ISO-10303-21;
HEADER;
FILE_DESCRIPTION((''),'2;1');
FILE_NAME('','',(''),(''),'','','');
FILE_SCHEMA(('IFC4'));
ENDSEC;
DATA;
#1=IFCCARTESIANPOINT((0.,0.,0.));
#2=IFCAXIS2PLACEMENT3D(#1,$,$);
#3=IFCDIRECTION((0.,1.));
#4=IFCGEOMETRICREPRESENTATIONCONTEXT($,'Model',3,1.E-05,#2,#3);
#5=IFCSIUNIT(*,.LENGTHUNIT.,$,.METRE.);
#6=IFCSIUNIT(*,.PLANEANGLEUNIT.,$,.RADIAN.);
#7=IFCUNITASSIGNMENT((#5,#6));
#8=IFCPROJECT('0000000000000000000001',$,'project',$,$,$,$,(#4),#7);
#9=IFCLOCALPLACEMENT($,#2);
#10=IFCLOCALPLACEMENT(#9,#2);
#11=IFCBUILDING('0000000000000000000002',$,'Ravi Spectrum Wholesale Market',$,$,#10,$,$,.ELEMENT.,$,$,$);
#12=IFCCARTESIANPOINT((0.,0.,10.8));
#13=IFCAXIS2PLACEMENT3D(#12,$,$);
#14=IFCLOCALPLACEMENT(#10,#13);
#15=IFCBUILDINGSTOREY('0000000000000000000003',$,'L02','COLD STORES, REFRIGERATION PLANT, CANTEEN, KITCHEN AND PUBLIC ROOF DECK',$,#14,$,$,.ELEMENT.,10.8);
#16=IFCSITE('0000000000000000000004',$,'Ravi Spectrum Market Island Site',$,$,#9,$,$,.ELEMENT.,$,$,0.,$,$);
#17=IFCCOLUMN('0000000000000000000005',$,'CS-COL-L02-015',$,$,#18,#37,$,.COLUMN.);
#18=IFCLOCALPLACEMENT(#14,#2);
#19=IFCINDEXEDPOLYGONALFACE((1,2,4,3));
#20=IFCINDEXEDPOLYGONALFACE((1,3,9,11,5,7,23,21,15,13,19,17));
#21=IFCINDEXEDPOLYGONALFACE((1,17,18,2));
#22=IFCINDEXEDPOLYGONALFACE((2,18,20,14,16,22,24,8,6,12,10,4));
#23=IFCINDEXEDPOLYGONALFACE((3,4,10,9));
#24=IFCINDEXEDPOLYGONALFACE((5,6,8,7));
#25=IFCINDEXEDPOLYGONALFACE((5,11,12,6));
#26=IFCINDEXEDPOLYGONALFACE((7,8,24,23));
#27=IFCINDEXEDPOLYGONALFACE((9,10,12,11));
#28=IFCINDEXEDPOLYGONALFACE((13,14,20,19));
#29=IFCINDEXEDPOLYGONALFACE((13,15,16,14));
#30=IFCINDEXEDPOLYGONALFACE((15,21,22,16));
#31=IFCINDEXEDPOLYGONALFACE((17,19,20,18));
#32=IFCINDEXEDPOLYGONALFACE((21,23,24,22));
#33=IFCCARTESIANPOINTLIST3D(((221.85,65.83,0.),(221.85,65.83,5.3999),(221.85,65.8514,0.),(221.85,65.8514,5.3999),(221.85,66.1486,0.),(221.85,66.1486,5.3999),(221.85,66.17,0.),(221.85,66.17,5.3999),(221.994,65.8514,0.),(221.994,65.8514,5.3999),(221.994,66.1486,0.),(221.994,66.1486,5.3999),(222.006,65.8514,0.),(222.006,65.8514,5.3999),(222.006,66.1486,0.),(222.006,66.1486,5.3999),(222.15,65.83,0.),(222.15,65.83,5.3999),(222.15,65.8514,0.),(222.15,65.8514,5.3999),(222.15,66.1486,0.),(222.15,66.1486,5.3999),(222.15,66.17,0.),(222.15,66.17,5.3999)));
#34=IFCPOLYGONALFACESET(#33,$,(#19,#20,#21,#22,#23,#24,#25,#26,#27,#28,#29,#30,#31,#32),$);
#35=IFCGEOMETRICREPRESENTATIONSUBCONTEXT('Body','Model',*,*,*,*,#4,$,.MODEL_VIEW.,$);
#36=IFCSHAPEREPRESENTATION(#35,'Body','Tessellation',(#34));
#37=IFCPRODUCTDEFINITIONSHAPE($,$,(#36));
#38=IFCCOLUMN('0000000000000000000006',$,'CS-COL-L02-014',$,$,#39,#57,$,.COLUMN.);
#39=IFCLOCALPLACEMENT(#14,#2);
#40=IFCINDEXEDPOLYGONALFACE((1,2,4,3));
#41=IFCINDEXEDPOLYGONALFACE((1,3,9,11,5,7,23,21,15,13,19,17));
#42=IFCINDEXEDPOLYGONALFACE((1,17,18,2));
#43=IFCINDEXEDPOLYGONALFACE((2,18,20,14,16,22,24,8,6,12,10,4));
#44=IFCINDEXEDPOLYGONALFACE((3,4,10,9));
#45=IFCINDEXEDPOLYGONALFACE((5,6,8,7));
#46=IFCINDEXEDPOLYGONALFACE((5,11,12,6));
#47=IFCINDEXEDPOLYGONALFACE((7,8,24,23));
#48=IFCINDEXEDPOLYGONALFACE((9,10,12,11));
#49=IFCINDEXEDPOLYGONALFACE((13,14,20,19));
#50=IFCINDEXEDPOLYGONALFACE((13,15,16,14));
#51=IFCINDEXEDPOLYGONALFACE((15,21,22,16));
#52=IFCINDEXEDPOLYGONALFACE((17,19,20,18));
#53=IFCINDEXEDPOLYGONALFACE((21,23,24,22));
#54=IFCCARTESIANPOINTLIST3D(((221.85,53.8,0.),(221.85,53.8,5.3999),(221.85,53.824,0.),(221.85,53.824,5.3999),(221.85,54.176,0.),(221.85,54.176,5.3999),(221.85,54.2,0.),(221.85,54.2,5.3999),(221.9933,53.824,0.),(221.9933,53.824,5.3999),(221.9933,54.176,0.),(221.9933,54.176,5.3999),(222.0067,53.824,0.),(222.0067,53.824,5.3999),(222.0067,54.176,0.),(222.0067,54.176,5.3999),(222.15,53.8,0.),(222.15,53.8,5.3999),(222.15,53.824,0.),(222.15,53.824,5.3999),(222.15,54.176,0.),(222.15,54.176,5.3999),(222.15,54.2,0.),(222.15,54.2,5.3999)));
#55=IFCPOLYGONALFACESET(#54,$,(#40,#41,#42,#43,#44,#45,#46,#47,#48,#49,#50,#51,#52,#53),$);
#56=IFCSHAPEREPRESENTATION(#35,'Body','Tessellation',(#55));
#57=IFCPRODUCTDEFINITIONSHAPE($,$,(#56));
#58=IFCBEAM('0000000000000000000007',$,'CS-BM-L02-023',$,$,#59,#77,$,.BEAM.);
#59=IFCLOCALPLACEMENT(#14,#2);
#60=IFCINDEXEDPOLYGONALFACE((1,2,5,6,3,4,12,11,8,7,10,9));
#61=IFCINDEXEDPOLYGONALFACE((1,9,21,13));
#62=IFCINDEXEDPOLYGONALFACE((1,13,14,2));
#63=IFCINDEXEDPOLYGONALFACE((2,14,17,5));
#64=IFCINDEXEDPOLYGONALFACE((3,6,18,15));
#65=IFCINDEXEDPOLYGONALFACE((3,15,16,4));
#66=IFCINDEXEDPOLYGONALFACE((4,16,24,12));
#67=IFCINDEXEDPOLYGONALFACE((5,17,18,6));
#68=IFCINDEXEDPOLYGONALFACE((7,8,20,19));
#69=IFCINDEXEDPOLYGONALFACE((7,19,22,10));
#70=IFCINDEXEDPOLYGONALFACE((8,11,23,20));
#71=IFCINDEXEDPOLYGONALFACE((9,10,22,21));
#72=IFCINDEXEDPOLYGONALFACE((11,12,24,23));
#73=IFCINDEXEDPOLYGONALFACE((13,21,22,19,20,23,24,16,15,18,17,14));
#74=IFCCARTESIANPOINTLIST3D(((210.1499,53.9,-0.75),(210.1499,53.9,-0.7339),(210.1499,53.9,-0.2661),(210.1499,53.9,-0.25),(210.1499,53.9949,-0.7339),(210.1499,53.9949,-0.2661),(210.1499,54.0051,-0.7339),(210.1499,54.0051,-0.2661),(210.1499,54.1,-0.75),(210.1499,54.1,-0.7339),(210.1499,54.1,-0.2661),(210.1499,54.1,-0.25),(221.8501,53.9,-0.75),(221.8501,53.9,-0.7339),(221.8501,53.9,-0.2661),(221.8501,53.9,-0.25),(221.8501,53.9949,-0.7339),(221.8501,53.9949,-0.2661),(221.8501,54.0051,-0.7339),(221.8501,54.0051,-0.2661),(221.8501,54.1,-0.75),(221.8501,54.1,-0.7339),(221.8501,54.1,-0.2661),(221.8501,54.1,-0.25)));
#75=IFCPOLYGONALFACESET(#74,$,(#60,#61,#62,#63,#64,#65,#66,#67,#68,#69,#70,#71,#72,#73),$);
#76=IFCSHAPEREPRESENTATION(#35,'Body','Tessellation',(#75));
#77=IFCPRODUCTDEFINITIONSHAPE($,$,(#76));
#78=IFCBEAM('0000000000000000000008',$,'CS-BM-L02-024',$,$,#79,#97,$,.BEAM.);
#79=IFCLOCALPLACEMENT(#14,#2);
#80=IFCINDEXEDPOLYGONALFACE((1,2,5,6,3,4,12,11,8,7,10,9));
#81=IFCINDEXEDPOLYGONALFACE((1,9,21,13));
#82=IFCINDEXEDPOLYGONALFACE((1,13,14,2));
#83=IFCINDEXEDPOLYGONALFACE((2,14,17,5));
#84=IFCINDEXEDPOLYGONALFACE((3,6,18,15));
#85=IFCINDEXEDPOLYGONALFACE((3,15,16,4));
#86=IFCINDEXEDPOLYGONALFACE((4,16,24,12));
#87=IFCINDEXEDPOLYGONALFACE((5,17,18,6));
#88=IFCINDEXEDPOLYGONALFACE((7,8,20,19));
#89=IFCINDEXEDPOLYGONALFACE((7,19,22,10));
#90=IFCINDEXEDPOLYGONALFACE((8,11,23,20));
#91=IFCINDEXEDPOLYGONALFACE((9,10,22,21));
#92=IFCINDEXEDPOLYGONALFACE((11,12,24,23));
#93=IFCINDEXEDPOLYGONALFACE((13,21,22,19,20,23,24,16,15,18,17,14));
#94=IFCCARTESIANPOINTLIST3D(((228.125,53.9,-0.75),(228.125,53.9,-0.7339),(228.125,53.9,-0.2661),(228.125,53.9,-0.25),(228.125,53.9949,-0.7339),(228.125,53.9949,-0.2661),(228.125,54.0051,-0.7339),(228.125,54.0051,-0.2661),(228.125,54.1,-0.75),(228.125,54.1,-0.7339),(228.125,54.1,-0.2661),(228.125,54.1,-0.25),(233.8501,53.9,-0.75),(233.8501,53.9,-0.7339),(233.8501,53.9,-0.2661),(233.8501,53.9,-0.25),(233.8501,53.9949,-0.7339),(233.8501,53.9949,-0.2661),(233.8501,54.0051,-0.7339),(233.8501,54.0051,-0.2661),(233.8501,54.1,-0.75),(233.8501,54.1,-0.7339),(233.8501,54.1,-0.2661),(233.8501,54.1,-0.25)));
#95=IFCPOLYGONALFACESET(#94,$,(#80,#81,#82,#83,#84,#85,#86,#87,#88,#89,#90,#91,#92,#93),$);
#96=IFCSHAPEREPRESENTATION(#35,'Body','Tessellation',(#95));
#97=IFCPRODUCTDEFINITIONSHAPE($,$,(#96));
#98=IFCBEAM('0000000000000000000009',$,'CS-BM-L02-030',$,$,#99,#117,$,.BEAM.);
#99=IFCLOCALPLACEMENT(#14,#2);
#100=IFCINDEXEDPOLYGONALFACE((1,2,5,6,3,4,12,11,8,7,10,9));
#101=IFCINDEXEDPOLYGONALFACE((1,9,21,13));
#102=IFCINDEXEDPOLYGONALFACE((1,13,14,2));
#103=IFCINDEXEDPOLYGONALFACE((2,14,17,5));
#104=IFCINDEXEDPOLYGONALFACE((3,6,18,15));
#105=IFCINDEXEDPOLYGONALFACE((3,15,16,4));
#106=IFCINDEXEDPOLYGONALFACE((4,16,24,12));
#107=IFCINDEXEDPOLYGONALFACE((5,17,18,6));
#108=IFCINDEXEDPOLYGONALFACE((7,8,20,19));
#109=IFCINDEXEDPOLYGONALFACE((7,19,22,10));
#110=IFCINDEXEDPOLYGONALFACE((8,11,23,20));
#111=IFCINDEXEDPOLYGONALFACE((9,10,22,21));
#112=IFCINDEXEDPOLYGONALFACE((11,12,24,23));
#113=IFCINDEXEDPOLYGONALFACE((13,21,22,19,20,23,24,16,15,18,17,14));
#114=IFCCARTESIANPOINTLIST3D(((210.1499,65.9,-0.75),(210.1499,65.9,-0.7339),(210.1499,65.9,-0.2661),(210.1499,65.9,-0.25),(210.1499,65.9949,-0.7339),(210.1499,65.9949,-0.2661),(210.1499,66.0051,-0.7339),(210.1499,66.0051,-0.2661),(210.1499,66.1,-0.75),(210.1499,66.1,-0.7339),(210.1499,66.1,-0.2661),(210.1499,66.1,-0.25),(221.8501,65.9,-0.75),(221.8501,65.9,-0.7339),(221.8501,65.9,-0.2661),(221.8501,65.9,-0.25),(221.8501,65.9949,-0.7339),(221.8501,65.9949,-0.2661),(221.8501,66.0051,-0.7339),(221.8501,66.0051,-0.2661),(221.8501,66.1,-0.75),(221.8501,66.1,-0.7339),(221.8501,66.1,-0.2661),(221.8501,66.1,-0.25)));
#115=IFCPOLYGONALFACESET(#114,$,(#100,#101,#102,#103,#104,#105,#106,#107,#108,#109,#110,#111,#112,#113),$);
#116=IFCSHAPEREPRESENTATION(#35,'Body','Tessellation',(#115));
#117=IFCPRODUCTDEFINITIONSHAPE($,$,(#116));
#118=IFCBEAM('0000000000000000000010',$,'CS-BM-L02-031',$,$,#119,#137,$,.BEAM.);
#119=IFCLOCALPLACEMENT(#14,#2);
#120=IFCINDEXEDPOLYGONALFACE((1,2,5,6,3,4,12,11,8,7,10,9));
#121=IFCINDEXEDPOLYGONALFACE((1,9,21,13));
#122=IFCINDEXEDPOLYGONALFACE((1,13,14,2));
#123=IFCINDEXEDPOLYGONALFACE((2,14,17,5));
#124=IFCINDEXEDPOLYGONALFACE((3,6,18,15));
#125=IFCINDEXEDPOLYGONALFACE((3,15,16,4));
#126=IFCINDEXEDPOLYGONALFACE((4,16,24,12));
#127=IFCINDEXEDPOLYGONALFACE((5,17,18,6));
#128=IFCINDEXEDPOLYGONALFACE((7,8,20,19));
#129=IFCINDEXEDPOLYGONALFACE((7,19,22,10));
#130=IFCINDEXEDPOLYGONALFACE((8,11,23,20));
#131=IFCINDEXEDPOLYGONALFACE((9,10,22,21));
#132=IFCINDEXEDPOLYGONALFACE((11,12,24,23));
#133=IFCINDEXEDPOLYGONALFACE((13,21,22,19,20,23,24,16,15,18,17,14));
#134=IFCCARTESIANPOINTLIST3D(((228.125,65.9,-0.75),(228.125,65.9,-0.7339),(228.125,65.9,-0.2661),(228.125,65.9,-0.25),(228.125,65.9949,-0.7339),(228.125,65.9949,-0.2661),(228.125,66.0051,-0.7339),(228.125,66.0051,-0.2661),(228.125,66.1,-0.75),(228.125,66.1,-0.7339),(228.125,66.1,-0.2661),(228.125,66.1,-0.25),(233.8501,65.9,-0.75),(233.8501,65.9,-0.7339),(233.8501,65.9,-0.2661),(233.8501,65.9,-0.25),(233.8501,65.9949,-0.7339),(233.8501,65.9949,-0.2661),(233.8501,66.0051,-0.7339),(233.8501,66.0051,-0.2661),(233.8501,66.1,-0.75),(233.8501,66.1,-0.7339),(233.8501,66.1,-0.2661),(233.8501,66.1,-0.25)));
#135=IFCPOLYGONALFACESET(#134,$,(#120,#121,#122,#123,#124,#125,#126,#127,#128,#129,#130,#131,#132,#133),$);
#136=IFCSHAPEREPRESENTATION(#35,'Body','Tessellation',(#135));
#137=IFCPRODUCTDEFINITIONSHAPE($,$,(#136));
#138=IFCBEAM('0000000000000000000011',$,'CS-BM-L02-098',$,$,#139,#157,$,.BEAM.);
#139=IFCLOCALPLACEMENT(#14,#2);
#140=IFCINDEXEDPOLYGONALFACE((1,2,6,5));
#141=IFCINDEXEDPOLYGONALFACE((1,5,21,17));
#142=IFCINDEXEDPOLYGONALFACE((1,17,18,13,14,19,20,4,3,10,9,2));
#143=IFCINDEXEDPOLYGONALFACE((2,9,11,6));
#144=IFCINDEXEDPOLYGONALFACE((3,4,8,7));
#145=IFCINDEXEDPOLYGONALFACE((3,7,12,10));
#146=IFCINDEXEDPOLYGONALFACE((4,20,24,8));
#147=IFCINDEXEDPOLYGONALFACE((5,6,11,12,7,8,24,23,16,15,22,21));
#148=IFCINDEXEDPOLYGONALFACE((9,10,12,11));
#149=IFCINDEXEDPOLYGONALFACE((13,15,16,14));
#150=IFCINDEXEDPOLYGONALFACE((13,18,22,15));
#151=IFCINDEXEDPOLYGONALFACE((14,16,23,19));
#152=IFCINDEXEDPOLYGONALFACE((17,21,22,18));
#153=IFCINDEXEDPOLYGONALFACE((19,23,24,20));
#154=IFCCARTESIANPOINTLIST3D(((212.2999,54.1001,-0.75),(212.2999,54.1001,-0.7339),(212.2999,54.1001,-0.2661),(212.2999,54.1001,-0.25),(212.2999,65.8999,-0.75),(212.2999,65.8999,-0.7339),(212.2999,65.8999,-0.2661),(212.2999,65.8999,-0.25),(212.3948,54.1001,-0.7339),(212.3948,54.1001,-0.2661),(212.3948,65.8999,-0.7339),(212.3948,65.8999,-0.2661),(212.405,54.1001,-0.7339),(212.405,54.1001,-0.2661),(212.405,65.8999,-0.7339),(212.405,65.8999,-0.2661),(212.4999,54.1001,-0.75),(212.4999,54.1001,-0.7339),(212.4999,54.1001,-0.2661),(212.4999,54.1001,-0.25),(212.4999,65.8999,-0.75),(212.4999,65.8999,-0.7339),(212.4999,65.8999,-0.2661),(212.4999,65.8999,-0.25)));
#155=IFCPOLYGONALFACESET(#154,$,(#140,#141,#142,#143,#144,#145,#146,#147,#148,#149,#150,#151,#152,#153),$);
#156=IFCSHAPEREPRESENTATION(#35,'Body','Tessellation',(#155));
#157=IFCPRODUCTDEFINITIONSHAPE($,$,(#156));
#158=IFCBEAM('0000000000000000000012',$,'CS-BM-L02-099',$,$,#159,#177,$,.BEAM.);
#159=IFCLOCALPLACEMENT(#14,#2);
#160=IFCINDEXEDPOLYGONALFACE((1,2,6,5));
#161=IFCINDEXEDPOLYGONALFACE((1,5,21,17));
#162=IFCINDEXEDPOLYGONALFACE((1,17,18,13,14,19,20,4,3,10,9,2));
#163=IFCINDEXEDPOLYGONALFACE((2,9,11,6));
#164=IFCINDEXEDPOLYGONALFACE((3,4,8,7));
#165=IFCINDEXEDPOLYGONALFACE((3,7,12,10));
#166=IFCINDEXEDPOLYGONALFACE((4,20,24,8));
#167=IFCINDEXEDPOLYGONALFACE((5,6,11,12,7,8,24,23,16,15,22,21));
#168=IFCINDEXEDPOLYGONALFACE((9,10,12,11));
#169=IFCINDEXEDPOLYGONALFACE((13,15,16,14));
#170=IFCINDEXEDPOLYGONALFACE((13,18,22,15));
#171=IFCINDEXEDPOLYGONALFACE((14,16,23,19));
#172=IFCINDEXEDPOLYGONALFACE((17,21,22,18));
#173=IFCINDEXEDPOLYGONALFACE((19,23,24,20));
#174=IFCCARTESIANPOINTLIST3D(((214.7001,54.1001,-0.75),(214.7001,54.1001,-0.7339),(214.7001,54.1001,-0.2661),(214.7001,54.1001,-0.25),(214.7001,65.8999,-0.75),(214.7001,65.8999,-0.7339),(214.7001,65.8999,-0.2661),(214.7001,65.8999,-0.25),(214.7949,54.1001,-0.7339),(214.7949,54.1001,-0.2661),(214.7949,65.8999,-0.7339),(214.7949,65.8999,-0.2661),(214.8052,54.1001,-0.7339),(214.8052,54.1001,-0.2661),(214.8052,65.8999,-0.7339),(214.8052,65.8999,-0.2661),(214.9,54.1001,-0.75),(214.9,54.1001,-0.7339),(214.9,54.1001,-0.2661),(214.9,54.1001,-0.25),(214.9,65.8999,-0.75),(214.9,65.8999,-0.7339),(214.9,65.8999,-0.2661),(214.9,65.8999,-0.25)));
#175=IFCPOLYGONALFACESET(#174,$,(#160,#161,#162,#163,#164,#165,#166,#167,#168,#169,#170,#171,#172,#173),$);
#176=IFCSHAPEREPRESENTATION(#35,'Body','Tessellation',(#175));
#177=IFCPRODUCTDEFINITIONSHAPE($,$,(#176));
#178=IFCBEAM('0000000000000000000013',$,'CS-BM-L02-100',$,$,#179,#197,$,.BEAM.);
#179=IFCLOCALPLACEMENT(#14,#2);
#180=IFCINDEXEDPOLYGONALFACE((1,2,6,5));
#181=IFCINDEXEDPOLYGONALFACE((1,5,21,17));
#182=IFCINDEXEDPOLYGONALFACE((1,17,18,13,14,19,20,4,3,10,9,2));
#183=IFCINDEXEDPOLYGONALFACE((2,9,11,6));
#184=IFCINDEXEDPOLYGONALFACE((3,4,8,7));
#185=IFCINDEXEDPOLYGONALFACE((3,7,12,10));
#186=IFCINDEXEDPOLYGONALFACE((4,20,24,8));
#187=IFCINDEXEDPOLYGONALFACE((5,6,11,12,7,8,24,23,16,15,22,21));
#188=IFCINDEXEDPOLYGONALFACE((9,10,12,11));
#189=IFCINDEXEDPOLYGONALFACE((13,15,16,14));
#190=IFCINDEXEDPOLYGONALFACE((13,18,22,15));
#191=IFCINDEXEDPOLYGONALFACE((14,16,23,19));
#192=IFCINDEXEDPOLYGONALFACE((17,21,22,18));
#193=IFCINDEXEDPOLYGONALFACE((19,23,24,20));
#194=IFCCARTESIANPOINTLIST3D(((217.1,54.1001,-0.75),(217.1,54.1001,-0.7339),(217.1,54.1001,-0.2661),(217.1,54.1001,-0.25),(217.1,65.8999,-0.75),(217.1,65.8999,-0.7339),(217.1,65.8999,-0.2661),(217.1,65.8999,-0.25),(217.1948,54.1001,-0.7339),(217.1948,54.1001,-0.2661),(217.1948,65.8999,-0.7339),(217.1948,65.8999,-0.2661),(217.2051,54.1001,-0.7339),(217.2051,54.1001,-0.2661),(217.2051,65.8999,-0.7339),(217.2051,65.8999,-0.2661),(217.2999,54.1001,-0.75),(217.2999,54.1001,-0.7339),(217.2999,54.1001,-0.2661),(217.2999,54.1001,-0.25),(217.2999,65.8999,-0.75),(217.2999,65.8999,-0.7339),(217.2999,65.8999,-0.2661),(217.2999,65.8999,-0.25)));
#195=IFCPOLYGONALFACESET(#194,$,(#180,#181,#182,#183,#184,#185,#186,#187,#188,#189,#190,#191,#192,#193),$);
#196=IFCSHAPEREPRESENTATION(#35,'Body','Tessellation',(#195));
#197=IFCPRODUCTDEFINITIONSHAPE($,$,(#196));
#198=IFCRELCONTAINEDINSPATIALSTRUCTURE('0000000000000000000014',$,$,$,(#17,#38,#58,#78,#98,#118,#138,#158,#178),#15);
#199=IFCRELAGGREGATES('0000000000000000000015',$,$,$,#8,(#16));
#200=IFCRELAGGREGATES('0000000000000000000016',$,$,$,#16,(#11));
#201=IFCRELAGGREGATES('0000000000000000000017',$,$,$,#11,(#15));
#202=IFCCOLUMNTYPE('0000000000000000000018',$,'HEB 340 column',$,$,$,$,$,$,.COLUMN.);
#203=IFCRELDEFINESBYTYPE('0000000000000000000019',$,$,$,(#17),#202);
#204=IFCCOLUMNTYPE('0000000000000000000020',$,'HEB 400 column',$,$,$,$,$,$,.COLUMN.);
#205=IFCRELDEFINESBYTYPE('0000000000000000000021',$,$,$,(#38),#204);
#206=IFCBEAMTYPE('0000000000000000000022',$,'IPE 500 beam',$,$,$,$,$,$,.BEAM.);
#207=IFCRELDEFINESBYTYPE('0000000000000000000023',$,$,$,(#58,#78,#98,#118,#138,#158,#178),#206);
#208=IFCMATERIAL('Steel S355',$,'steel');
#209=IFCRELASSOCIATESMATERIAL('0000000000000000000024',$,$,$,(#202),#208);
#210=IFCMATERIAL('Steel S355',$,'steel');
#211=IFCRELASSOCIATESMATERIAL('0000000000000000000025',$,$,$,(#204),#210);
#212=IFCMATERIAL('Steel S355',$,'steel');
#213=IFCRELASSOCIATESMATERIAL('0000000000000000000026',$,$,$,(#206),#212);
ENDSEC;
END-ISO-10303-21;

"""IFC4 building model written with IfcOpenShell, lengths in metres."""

from ifc_helpers import new_model, si_unit, direction, frame, origin, origin_2d, place, context, subcontext, project, spatial, i_section, extrude, material, material_profile, profile_set, type_object, element, save


model = new_model("IFC4")

# Units and contexts
model_context = context("Model", 3, precision=1e-05, world=origin(), true_north=direction((0.0, 1.0)))
body_context = subcontext(model_context, "Body", "Model", "MODEL_VIEW")
ifc_project = project(units=[si_unit("LENGTHUNIT", "METRE"), si_unit("PLANEANGLEUNIT", "RADIAN")], contexts=[model_context])

# Site, building, storey
site_placement = place(None, origin())
site = spatial("IfcSite", under=ifc_project, at=site_placement, Name="Ravi Spectrum Market Island Site", CompositionType="ELEMENT", RefElevation=0.0)
building_placement = place(site_placement, origin())
building = spatial("IfcBuilding", under=site, at=building_placement, Name="Ravi Spectrum Wholesale Market", CompositionType="ELEMENT")
storey_placement = place(building_placement, frame((0.0, 0.0, 10.8)))
storey = spatial("IfcBuildingStorey", under=building, at=storey_placement, Name="L02", Description="COLD STORES, REFRIGERATION PLANT, CANTEEN, KITCHEN AND PUBLIC ROOF DECK", CompositionType="ELEMENT", Elevation=10.8)

# Columns
ifc_material_1 = material(Name="Steel S355", Category="steel")
ifc_material_profile_1 = material_profile(ifc_material_1, i_section(OverallWidth=0.3, OverallDepth=0.3401, WebThickness=0.012, FlangeThickness=0.0215, at=origin_2d()))
ifc_profile_set_1 = profile_set([ifc_material_profile_1], Name="Steel S355")
column_type_1 = type_object("IfcColumnType", Name="HEB 340 column", PredefinedType="COLUMN", material=ifc_profile_set_1)
column_1_placement = place(storey_placement, frame((222.0, 66.0, 0.0), z_axis=(0.0, 0.0, 1.0), x_axis=(1.0, 0.0, 0.0)))
element("IfcColumn", 1, at=column_1_placement, inside=storey, type_object=column_type_1, Name="CS-COL-L02-015", PredefinedType="COLUMN", context=body_context, shape_type="SweptSolid", body=[
    extrude(i_section(OverallWidth=0.3, OverallDepth=0.3401, WebThickness=0.012, FlangeThickness=0.0215, at=origin_2d()), origin(), (0.0, 0.0, 1.0), 5.3999),
])
ifc_material_2 = material(Name="Steel S355", Category="steel")
ifc_material_profile_2 = material_profile(ifc_material_2, i_section(OverallWidth=0.3, OverallDepth=0.3999, WebThickness=0.0134, FlangeThickness=0.0239, at=origin_2d()))
ifc_profile_set_2 = profile_set([ifc_material_profile_2], Name="Steel S355")
column_type_2 = type_object("IfcColumnType", Name="HEB 400 column", PredefinedType="COLUMN", material=ifc_profile_set_2)
column_2_placement = place(storey_placement, frame((222.0, 54.0, 0.0), z_axis=(0.0, 0.0, 1.0), x_axis=(1.0, 0.0, 0.0)))
element("IfcColumn", 2, at=column_2_placement, inside=storey, type_object=column_type_2, Name="CS-COL-L02-014", PredefinedType="COLUMN", context=body_context, shape_type="SweptSolid", body=[
    extrude(i_section(OverallWidth=0.3, OverallDepth=0.3999, WebThickness=0.0134, FlangeThickness=0.0239, at=origin_2d()), origin(), (0.0, 0.0, 1.0), 5.3999),
])

# Beams
ifc_material_3 = material(Name="Steel S355", Category="steel")
ifc_material_profile_3 = material_profile(ifc_material_3, i_section(OverallWidth=0.2, OverallDepth=0.5, WebThickness=0.0103, FlangeThickness=0.0161, at=origin_2d()))
ifc_profile_set_3 = profile_set([ifc_material_profile_3], Name="Steel S355")
beam_type = type_object("IfcBeamType", Name="IPE 500 beam", PredefinedType="BEAM", material=ifc_profile_set_3)
beam_1_placement = place(storey_placement, frame((210.1499, 54.0, -0.5), z_axis=(1.0, 0.0, 0.0), x_axis=(0.0, 1.0, 0.0)))
element("IfcBeam", 3, at=beam_1_placement, inside=storey, type_object=beam_type, Name="CS-BM-L02-023", PredefinedType="BEAM", context=body_context, shape_type="SweptSolid", body=[
    extrude(i_section(OverallWidth=0.2, OverallDepth=0.5, WebThickness=0.0103, FlangeThickness=0.0161, at=origin_2d()), origin(), (0.0, 0.0, 1.0), 11.7002),
])
beam_2_placement = place(storey_placement, frame((228.125, 54.0, -0.5), z_axis=(1.0, 0.0, 0.0), x_axis=(0.0, 1.0, 0.0)))
element("IfcBeam", 4, at=beam_2_placement, inside=storey, type_object=beam_type, Name="CS-BM-L02-024", PredefinedType="BEAM", context=body_context, shape_type="SweptSolid", body=[
    extrude(i_section(OverallWidth=0.2, OverallDepth=0.5, WebThickness=0.0103, FlangeThickness=0.0161, at=origin_2d()), origin(), (0.0, 0.0, 1.0), 5.7251),
])
beam_3_placement = place(storey_placement, frame((210.1499, 66.0, -0.5), z_axis=(1.0, 0.0, 0.0), x_axis=(0.0, 1.0, 0.0)))
element("IfcBeam", 5, at=beam_3_placement, inside=storey, type_object=beam_type, Name="CS-BM-L02-030", PredefinedType="BEAM", context=body_context, shape_type="SweptSolid", body=[
    extrude(i_section(OverallWidth=0.2, OverallDepth=0.5, WebThickness=0.0103, FlangeThickness=0.0161, at=origin_2d()), origin(), (0.0, 0.0, 1.0), 11.7002),
])
beam_4_placement = place(storey_placement, frame((228.125, 66.0, -0.5), z_axis=(1.0, 0.0, 0.0), x_axis=(0.0, 1.0, 0.0)))
element("IfcBeam", 6, at=beam_4_placement, inside=storey, type_object=beam_type, Name="CS-BM-L02-031", PredefinedType="BEAM", context=body_context, shape_type="SweptSolid", body=[
    extrude(i_section(OverallWidth=0.2, OverallDepth=0.5, WebThickness=0.0103, FlangeThickness=0.0161, at=origin_2d()), origin(), (0.0, 0.0, 1.0), 5.7251),
])
for number, where, z_axis, x_axis, name in (
    (7, (212.3999, 54.1001, -0.5), (0.0, 1.0, 0.0), (-1.0, 0.0, 0.0), "CS-BM-L02-098"),
    (8, (214.8, 54.1001, -0.5), (0.0, 1.0, 0.0), (-1.0, 0.0, 0.0), "CS-BM-L02-099"),
    (9, (217.2, 54.1001, -0.5), (0.0, 1.0, 0.0), (-1.0, 0.0, 0.0), "CS-BM-L02-100"),
):
    element("IfcBeam", number, at=place(storey_placement, frame(where, z_axis=z_axis, x_axis=x_axis)), inside=storey, type_object=beam_type, Name=name, PredefinedType="BEAM", context=body_context, shape_type="SweptSolid", body=[
        extrude(i_section(OverallWidth=0.2, OverallDepth=0.5, WebThickness=0.0103, FlangeThickness=0.0161, at=origin_2d()), origin(), (0.0, 0.0, 1.0), 11.7998),
    ])

save(model, "model.ifc")
